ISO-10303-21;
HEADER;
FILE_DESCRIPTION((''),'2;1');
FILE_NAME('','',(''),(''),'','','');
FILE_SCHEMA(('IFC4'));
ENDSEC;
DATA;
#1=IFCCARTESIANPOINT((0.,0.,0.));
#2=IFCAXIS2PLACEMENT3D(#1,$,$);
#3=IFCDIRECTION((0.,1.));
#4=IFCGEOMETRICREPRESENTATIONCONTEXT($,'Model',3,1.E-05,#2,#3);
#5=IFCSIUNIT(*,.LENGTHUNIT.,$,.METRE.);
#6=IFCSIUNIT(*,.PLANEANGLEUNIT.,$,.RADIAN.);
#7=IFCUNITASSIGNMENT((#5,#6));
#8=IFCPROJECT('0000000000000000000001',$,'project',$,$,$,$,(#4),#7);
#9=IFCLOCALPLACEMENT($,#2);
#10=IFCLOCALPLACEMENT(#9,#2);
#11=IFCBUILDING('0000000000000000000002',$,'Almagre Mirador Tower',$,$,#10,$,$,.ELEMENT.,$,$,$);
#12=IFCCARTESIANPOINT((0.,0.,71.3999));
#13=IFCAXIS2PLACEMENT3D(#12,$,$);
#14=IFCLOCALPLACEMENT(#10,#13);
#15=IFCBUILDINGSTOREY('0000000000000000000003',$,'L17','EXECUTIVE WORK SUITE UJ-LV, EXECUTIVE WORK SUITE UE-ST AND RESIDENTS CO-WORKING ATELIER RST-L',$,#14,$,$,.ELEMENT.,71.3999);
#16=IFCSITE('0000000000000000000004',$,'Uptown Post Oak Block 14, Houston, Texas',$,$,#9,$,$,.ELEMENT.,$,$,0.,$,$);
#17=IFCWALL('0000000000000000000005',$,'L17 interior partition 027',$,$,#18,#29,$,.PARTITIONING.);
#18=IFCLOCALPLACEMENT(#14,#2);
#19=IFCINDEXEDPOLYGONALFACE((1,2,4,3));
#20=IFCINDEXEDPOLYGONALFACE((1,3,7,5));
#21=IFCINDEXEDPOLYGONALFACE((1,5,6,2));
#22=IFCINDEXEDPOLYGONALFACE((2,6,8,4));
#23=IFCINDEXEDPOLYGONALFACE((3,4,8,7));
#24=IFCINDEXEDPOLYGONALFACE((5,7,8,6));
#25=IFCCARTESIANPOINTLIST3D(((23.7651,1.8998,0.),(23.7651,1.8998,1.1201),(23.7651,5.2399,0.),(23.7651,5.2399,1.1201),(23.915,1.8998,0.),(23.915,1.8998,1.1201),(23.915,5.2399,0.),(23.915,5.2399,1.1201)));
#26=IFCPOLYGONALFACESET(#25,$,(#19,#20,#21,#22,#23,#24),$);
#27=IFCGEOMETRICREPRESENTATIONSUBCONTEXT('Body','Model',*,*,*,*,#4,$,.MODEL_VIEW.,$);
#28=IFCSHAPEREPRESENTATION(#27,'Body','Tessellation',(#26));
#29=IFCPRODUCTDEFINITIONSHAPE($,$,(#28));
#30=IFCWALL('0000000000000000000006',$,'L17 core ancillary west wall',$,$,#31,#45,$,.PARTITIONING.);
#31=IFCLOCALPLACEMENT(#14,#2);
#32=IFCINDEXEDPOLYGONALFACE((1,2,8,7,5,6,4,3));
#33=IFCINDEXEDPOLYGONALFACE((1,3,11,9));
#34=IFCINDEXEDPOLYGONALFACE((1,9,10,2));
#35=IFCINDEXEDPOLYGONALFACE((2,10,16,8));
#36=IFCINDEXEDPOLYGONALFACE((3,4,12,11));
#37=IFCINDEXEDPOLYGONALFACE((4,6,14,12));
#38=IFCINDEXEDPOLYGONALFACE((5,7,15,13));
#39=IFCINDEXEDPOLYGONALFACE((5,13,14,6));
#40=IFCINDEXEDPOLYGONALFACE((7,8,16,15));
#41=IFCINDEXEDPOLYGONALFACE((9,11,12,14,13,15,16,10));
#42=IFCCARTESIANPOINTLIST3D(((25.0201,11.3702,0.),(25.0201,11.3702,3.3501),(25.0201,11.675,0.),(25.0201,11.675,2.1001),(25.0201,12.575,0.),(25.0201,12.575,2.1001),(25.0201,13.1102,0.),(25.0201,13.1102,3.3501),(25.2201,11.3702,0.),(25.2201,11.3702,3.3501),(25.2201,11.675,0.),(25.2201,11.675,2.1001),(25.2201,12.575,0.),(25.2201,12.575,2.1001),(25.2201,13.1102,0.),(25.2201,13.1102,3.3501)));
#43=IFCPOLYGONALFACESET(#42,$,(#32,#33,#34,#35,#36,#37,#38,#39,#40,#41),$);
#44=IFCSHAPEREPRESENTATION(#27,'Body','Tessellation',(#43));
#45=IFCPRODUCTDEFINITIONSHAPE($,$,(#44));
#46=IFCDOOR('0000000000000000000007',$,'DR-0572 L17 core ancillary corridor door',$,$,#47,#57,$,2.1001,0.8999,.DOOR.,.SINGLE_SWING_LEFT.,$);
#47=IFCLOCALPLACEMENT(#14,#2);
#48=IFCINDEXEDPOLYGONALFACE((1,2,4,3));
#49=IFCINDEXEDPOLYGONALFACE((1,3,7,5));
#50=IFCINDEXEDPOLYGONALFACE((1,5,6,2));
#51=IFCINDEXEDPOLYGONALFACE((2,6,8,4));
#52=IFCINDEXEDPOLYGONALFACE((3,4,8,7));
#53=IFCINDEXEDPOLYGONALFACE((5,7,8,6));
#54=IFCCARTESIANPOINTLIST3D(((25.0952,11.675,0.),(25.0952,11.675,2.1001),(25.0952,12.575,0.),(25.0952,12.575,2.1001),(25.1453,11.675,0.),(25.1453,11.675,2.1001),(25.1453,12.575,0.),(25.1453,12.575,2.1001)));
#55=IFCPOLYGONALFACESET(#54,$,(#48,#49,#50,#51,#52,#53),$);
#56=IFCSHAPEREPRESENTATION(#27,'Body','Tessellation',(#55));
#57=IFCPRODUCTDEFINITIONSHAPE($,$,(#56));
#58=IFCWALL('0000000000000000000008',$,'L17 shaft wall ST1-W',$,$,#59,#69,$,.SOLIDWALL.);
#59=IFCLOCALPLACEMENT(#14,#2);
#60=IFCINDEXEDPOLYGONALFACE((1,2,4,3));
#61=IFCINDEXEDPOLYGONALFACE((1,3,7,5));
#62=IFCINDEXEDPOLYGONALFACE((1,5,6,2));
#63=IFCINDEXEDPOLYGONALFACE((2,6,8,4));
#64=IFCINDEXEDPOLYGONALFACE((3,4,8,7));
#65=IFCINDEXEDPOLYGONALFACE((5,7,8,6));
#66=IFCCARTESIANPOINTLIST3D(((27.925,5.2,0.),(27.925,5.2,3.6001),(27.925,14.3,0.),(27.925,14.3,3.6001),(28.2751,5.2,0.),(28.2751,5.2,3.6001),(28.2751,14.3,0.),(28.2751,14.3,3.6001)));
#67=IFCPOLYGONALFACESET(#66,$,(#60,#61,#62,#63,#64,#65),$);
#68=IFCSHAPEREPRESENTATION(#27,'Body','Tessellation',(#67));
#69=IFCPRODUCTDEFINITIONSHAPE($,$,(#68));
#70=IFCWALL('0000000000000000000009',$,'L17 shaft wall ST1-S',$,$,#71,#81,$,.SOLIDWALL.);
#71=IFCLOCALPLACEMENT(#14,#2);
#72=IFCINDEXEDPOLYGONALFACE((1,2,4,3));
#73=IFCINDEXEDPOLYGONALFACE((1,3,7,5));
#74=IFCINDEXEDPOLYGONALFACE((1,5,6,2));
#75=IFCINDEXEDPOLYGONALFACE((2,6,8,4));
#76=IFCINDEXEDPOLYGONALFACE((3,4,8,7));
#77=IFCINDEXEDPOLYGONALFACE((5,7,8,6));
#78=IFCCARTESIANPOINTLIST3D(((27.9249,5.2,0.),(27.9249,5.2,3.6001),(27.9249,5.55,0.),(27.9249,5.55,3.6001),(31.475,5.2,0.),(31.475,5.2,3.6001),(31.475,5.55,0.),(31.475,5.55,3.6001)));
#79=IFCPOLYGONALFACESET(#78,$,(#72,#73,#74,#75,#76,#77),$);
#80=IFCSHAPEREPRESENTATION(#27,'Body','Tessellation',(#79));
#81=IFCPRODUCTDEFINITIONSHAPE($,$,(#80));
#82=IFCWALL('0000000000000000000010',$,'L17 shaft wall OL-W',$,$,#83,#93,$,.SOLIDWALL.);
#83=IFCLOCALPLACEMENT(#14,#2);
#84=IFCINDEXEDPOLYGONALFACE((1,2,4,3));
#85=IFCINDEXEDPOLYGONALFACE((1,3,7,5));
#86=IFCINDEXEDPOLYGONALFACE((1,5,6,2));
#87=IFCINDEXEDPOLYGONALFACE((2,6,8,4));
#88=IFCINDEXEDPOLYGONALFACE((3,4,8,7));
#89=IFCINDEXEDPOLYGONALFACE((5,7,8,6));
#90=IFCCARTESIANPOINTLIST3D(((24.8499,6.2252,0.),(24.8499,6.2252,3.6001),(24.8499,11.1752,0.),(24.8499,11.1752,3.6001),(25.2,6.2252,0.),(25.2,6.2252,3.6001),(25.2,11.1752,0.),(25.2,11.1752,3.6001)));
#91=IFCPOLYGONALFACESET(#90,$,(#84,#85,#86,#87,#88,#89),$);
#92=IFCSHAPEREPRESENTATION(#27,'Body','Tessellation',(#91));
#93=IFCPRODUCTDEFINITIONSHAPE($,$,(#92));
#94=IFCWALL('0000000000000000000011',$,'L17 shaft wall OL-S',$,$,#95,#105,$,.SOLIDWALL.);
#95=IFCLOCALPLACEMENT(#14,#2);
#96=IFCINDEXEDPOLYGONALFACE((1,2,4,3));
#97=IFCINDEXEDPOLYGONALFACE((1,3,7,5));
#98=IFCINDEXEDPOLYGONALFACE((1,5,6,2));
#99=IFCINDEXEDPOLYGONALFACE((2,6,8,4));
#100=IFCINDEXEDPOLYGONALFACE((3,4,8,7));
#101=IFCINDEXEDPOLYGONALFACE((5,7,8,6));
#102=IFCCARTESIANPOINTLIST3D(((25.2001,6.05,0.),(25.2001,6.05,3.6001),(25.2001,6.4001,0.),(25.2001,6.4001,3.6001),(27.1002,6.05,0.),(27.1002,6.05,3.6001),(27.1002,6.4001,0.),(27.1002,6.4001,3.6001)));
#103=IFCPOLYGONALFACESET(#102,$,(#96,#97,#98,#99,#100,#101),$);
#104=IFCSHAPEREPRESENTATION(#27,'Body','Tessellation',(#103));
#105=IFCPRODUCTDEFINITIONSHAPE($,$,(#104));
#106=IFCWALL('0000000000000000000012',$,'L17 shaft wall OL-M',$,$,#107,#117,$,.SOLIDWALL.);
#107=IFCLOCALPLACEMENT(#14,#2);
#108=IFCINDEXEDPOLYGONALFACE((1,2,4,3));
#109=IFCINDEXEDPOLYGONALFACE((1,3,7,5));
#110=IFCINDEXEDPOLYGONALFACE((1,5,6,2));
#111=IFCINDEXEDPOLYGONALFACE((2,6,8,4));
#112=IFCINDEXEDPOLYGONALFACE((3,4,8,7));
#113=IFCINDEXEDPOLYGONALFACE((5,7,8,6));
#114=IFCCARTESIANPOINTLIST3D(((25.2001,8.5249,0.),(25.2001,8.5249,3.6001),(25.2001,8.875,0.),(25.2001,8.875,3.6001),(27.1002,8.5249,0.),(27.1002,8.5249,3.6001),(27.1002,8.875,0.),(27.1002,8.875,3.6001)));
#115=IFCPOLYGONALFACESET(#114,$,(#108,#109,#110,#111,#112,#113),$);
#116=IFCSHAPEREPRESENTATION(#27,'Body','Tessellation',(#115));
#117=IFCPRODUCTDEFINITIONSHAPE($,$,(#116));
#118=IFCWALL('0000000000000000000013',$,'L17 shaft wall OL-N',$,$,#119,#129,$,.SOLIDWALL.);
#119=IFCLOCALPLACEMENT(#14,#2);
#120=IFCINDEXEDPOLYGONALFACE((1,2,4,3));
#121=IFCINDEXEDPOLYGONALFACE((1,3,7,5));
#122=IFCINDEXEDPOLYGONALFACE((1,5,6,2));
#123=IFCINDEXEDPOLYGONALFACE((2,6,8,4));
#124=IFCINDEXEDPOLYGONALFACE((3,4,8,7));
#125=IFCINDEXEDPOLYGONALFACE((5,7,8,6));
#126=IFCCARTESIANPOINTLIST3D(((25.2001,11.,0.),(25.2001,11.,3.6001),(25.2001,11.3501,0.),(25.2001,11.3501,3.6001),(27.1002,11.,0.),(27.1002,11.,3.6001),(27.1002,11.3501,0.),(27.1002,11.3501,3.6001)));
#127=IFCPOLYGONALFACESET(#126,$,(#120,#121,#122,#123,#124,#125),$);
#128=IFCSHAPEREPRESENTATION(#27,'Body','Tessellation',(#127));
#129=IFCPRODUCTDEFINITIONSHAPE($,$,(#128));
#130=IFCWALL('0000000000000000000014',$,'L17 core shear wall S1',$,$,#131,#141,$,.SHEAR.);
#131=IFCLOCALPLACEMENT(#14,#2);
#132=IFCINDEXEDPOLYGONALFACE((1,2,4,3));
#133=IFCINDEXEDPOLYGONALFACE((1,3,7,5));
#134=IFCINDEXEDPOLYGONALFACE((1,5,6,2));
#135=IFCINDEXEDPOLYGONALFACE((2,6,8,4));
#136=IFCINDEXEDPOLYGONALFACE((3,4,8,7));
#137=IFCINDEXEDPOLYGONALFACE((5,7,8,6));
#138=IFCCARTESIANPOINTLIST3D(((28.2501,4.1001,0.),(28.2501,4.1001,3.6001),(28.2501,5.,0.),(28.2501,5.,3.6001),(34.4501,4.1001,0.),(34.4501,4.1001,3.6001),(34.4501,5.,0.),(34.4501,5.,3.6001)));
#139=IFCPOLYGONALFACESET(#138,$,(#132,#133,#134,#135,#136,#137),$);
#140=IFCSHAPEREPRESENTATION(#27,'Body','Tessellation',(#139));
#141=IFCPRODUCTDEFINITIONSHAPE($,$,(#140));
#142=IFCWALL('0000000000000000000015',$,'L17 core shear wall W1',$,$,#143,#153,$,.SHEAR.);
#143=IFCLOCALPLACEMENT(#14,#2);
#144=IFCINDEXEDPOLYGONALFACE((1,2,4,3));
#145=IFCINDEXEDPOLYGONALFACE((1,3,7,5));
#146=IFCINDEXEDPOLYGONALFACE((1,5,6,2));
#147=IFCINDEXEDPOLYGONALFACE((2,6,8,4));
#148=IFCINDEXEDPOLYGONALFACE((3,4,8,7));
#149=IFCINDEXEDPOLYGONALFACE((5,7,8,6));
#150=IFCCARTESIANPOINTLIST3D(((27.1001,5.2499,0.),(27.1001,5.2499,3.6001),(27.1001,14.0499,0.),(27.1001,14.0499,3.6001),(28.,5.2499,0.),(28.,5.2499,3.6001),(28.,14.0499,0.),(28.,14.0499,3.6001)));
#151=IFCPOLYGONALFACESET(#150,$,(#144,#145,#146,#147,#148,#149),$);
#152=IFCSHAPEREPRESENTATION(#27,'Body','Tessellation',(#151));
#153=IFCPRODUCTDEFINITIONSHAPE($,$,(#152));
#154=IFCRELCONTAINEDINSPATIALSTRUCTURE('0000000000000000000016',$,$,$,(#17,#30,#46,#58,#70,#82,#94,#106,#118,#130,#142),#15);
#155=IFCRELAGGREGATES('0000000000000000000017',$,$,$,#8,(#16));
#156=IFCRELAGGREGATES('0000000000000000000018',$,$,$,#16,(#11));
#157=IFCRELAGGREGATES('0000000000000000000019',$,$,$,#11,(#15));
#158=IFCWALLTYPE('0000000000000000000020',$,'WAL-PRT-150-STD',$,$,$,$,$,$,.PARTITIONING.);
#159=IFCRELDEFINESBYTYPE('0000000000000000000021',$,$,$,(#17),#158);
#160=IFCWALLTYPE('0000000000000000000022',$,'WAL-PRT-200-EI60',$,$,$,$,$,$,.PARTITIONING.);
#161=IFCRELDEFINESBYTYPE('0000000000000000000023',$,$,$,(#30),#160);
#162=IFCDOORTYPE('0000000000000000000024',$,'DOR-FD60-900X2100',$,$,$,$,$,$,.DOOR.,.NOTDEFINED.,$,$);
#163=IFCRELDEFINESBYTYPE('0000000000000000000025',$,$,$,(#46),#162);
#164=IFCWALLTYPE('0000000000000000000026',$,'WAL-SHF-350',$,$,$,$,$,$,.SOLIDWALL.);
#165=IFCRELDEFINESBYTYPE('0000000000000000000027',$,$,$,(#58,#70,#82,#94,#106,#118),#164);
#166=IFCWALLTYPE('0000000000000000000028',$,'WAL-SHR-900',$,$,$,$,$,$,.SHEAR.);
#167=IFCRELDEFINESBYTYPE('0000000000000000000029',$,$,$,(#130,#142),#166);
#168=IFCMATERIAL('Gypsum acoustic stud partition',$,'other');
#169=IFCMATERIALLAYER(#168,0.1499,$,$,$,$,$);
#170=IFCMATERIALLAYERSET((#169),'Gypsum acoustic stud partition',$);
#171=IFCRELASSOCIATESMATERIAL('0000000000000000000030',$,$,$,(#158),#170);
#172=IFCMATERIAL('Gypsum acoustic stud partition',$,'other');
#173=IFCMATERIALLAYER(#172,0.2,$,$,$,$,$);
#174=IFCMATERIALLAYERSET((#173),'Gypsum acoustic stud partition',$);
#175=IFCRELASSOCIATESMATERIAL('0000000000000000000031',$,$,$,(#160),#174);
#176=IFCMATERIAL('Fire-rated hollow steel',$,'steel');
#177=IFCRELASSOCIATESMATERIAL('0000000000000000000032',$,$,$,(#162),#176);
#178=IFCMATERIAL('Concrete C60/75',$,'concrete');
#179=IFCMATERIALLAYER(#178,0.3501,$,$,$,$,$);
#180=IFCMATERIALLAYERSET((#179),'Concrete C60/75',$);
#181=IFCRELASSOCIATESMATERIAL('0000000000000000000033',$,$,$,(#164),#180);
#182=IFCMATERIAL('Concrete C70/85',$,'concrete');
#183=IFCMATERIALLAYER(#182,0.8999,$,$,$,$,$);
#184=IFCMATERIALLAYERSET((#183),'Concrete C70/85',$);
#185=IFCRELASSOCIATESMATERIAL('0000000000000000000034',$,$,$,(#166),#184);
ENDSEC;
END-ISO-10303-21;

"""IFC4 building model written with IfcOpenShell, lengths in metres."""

from ifc_helpers import new_model, si_unit, direction, frame, frame_2d, origin, place, context, subcontext, project, spatial, rectangle, extrude, material, layer, layer_set, type_object, element, fill, save


model = new_model("IFC4")

# Units and contexts
model_context = context("Model", 3, precision=1e-05, world=origin(), true_north=direction((0.0, 1.0)))
body_context = subcontext(model_context, "Body", "Model", "MODEL_VIEW")
ifc_project = project(units=[si_unit("LENGTHUNIT", "METRE"), si_unit("PLANEANGLEUNIT", "RADIAN")], contexts=[model_context])

# Site, building, storey
site_placement = place(None, origin())
site = spatial("IfcSite", under=ifc_project, at=site_placement, Name="Uptown Post Oak Block 14, Houston, Texas", CompositionType="ELEMENT", RefElevation=0.0)
building_placement = place(site_placement, origin())
building = spatial("IfcBuilding", under=site, at=building_placement, Name="Almagre Mirador Tower", CompositionType="ELEMENT")
storey_placement = place(building_placement, frame((0.0, 0.0, 71.3999)))
storey = spatial("IfcBuildingStorey", under=building, at=storey_placement, Name="L17", Description="EXECUTIVE WORK SUITE UJ-LV, EXECUTIVE WORK SUITE UE-ST AND RESIDENTS CO-WORKING ATELIER RST-L", CompositionType="ELEMENT", Elevation=71.3999)

# Wall
ifc_material_1 = material(Name="Gypsum acoustic stud partition", Category="other")
ifc_layer_1 = layer(ifc_material_1, 0.1499)
ifc_layer_set_1 = layer_set([ifc_layer_1], Name="Gypsum acoustic stud partition")
wall_type_1 = type_object("IfcWallType", Name="WAL-PRT-150-STD", PredefinedType="PARTITIONING", material=ifc_layer_set_1)
wall_1_placement = place(storey_placement, frame((23.8401, 1.8999, 0.0), z_axis=(0.0, 0.0, 1.0), x_axis=(0.0, 1.0, 0.0)))
element("IfcWall", 1, at=wall_1_placement, inside=storey, type_object=wall_type_1, Name="L17 interior partition 027", PredefinedType="PARTITIONING", context=body_context, shape_type="SweptSolid", body=[
    extrude(rectangle(XDim=3.3401, YDim=0.1499, at=frame_2d((1.6699, 0.0))), origin(), (0.0, 0.0, 1.0), 1.1201),
])

# Wall, opening, door
ifc_material_2 = material(Name="Gypsum acoustic stud partition", Category="other")
ifc_layer_2 = layer(ifc_material_2, 0.2)
ifc_layer_set_2 = layer_set([ifc_layer_2], Name="Gypsum acoustic stud partition")
wall_type_2 = type_object("IfcWallType", Name="WAL-PRT-200-EI60", PredefinedType="PARTITIONING", material=ifc_layer_set_2)
wall_2_placement = place(storey_placement, frame((25.1201, 11.3701, 0.0), z_axis=(0.0, 0.0, 1.0), x_axis=(0.0, 1.0, 0.0)))
wall_2 = element("IfcWall", 2, at=wall_2_placement, inside=storey, type_object=wall_type_2, Name="L17 core ancillary west wall", PredefinedType="PARTITIONING", context=body_context, shape_type="SweptSolid", body=[
    extrude(rectangle(XDim=1.74, YDim=0.2, at=frame_2d((0.8701, 0.0))), origin(), (0.0, 0.0, 1.0), 3.3501),
])
opening_1_placement = place(wall_2_placement, frame((0.3049, 0.0, 0.0)))
opening_1 = element("IfcOpeningElement", 3, at=opening_1_placement, cuts=wall_2, PredefinedType="OPENING", context=body_context, shape_type="SweptSolid", body=[
    extrude(rectangle(XDim=0.8999, YDim=2.1001, at=frame_2d((0.45, 1.05))), frame((0.0, 0.1101, 0.0), z_axis=(0.0, -1.0, 0.0), x_axis=(1.0, 0.0, 0.0)), (0.0, 0.0, 1.0), 0.22),
])
ifc_material_3 = material(Name="Fire-rated hollow steel", Category="steel")
door_type_1 = type_object("IfcDoorType", Name="DOR-FD60-900X2100", OperationType="NOTDEFINED", PredefinedType="DOOR", material=ifc_material_3)
door_1_placement = place(opening_1_placement, origin())
door_1 = element("IfcDoor", 4, at=door_1_placement, inside=storey, type_object=door_type_1, Name="DR-0572 L17 core ancillary corridor door", OperationType="SINGLE_SWING_LEFT", OverallHeight=2.1001, OverallWidth=0.8999, PredefinedType="DOOR", context=body_context, shape_type="SweptSolid", body=[
    extrude(rectangle(XDim=0.8999, YDim=2.1001, at=frame_2d((0.45, 1.05))), frame((0.0, 0.0249, 0.0), z_axis=(0.0, -1.0, 0.0), x_axis=(1.0, 0.0, 0.0)), (0.0, 0.0, 1.0), 0.05),
])
fill(opening_1, door_1)

# Walls
ifc_material_4 = material(Name="Concrete C60/75", Category="concrete")
ifc_layer_3 = layer(ifc_material_4, 0.3501)
ifc_layer_set_3 = layer_set([ifc_layer_3], Name="Concrete C60/75")
wall_type_3 = type_object("IfcWallType", Name="WAL-SHF-350", PredefinedType="SOLIDWALL", material=ifc_layer_set_3)
wall_3_placement = place(storey_placement, frame((28.1001, 5.2, 0.0), z_axis=(0.0, 0.0, 1.0), x_axis=(0.0, 1.0, 0.0)))
element("IfcWall", 5, at=wall_3_placement, inside=storey, type_object=wall_type_3, Name="L17 shaft wall ST1-W", PredefinedType="SOLIDWALL", context=body_context, shape_type="SweptSolid", body=[
    extrude(rectangle(XDim=9.1001, YDim=0.3501, at=frame_2d((4.55, 0.0))), origin(), (0.0, 0.0, 1.0), 3.6001),
])
wall_4_placement = place(storey_placement, frame((27.925, 5.375, 0.0), z_axis=(0.0, 0.0, 1.0), x_axis=(1.0, 0.0, 0.0)))
element("IfcWall", 6, at=wall_4_placement, inside=storey, type_object=wall_type_3, Name="L17 shaft wall ST1-S", PredefinedType="SOLIDWALL", context=body_context, shape_type="SweptSolid", body=[
    extrude(rectangle(XDim=3.55, YDim=0.3501, at=frame_2d((1.7749, 0.0))), origin(), (0.0, 0.0, 1.0), 3.6001),
])
wall_5_placement = place(storey_placement, frame((25.0249, 6.2251, 0.0), z_axis=(0.0, 0.0, 1.0), x_axis=(0.0, 1.0, 0.0)))
element("IfcWall", 7, at=wall_5_placement, inside=storey, type_object=wall_type_3, Name="L17 shaft wall OL-W", PredefinedType="SOLIDWALL", context=body_context, shape_type="SweptSolid", body=[
    extrude(rectangle(XDim=4.95, YDim=0.3501, at=frame_2d((2.4751, 0.0))), origin(), (0.0, 0.0, 1.0), 3.6001),
])
for number, where, z_axis, x_axis, name in (
    (8, (25.2, 6.2251, 0.0), (0.0, 0.0, 1.0), (1.0, 0.0, 0.0), "L17 shaft wall OL-S"),
    (9, (25.2, 8.7, 0.0), (0.0, 0.0, 1.0), (1.0, 0.0, 0.0), "L17 shaft wall OL-M"),
    (10, (25.2, 11.175, 0.0), (0.0, 0.0, 1.0), (1.0, 0.0, 0.0), "L17 shaft wall OL-N"),
):
    element("IfcWall", number, at=place(storey_placement, frame(where, z_axis=z_axis, x_axis=x_axis)), inside=storey, type_object=wall_type_3, Name=name, PredefinedType="SOLIDWALL", context=body_context, shape_type="SweptSolid", body=[
        extrude(rectangle(XDim=1.9001, YDim=0.3501, at=frame_2d((0.9502, 0.0))), origin(), (0.0, 0.0, 1.0), 3.6001),
    ])
ifc_material_5 = material(Name="Concrete C70/85", Category="concrete")
ifc_layer_4 = layer(ifc_material_5, 0.8999)
ifc_layer_set_4 = layer_set([ifc_layer_4], Name="Concrete C70/85")
wall_type_4 = type_object("IfcWallType", Name="WAL-SHR-900", PredefinedType="SHEAR", material=ifc_layer_set_4)
wall_6_placement = place(storey_placement, frame((28.25, 4.55, 0.0), z_axis=(0.0, 0.0, 1.0), x_axis=(1.0, 0.0, 0.0)))
element("IfcWall", 11, at=wall_6_placement, inside=storey, type_object=wall_type_4, Name="L17 core shear wall S1", PredefinedType="SHEAR", context=body_context, shape_type="SweptSolid", body=[
    extrude(rectangle(XDim=6.2, YDim=0.8999, at=frame_2d((3.1001, 0.0))), origin(), (0.0, 0.0, 1.0), 3.6001),
])
wall_7_placement = place(storey_placement, frame((27.55, 5.25, 0.0), z_axis=(0.0, 0.0, 1.0), x_axis=(0.0, 1.0, 0.0)))
element("IfcWall", 12, at=wall_7_placement, inside=storey, type_object=wall_type_4, Name="L17 core shear wall W1", PredefinedType="SHEAR", context=body_context, shape_type="SweptSolid", body=[
    extrude(rectangle(XDim=8.8, YDim=0.8999, at=frame_2d((4.3999, 0.0))), origin(), (0.0, 0.0, 1.0), 3.6001),
])

save(model, "model.ifc")
